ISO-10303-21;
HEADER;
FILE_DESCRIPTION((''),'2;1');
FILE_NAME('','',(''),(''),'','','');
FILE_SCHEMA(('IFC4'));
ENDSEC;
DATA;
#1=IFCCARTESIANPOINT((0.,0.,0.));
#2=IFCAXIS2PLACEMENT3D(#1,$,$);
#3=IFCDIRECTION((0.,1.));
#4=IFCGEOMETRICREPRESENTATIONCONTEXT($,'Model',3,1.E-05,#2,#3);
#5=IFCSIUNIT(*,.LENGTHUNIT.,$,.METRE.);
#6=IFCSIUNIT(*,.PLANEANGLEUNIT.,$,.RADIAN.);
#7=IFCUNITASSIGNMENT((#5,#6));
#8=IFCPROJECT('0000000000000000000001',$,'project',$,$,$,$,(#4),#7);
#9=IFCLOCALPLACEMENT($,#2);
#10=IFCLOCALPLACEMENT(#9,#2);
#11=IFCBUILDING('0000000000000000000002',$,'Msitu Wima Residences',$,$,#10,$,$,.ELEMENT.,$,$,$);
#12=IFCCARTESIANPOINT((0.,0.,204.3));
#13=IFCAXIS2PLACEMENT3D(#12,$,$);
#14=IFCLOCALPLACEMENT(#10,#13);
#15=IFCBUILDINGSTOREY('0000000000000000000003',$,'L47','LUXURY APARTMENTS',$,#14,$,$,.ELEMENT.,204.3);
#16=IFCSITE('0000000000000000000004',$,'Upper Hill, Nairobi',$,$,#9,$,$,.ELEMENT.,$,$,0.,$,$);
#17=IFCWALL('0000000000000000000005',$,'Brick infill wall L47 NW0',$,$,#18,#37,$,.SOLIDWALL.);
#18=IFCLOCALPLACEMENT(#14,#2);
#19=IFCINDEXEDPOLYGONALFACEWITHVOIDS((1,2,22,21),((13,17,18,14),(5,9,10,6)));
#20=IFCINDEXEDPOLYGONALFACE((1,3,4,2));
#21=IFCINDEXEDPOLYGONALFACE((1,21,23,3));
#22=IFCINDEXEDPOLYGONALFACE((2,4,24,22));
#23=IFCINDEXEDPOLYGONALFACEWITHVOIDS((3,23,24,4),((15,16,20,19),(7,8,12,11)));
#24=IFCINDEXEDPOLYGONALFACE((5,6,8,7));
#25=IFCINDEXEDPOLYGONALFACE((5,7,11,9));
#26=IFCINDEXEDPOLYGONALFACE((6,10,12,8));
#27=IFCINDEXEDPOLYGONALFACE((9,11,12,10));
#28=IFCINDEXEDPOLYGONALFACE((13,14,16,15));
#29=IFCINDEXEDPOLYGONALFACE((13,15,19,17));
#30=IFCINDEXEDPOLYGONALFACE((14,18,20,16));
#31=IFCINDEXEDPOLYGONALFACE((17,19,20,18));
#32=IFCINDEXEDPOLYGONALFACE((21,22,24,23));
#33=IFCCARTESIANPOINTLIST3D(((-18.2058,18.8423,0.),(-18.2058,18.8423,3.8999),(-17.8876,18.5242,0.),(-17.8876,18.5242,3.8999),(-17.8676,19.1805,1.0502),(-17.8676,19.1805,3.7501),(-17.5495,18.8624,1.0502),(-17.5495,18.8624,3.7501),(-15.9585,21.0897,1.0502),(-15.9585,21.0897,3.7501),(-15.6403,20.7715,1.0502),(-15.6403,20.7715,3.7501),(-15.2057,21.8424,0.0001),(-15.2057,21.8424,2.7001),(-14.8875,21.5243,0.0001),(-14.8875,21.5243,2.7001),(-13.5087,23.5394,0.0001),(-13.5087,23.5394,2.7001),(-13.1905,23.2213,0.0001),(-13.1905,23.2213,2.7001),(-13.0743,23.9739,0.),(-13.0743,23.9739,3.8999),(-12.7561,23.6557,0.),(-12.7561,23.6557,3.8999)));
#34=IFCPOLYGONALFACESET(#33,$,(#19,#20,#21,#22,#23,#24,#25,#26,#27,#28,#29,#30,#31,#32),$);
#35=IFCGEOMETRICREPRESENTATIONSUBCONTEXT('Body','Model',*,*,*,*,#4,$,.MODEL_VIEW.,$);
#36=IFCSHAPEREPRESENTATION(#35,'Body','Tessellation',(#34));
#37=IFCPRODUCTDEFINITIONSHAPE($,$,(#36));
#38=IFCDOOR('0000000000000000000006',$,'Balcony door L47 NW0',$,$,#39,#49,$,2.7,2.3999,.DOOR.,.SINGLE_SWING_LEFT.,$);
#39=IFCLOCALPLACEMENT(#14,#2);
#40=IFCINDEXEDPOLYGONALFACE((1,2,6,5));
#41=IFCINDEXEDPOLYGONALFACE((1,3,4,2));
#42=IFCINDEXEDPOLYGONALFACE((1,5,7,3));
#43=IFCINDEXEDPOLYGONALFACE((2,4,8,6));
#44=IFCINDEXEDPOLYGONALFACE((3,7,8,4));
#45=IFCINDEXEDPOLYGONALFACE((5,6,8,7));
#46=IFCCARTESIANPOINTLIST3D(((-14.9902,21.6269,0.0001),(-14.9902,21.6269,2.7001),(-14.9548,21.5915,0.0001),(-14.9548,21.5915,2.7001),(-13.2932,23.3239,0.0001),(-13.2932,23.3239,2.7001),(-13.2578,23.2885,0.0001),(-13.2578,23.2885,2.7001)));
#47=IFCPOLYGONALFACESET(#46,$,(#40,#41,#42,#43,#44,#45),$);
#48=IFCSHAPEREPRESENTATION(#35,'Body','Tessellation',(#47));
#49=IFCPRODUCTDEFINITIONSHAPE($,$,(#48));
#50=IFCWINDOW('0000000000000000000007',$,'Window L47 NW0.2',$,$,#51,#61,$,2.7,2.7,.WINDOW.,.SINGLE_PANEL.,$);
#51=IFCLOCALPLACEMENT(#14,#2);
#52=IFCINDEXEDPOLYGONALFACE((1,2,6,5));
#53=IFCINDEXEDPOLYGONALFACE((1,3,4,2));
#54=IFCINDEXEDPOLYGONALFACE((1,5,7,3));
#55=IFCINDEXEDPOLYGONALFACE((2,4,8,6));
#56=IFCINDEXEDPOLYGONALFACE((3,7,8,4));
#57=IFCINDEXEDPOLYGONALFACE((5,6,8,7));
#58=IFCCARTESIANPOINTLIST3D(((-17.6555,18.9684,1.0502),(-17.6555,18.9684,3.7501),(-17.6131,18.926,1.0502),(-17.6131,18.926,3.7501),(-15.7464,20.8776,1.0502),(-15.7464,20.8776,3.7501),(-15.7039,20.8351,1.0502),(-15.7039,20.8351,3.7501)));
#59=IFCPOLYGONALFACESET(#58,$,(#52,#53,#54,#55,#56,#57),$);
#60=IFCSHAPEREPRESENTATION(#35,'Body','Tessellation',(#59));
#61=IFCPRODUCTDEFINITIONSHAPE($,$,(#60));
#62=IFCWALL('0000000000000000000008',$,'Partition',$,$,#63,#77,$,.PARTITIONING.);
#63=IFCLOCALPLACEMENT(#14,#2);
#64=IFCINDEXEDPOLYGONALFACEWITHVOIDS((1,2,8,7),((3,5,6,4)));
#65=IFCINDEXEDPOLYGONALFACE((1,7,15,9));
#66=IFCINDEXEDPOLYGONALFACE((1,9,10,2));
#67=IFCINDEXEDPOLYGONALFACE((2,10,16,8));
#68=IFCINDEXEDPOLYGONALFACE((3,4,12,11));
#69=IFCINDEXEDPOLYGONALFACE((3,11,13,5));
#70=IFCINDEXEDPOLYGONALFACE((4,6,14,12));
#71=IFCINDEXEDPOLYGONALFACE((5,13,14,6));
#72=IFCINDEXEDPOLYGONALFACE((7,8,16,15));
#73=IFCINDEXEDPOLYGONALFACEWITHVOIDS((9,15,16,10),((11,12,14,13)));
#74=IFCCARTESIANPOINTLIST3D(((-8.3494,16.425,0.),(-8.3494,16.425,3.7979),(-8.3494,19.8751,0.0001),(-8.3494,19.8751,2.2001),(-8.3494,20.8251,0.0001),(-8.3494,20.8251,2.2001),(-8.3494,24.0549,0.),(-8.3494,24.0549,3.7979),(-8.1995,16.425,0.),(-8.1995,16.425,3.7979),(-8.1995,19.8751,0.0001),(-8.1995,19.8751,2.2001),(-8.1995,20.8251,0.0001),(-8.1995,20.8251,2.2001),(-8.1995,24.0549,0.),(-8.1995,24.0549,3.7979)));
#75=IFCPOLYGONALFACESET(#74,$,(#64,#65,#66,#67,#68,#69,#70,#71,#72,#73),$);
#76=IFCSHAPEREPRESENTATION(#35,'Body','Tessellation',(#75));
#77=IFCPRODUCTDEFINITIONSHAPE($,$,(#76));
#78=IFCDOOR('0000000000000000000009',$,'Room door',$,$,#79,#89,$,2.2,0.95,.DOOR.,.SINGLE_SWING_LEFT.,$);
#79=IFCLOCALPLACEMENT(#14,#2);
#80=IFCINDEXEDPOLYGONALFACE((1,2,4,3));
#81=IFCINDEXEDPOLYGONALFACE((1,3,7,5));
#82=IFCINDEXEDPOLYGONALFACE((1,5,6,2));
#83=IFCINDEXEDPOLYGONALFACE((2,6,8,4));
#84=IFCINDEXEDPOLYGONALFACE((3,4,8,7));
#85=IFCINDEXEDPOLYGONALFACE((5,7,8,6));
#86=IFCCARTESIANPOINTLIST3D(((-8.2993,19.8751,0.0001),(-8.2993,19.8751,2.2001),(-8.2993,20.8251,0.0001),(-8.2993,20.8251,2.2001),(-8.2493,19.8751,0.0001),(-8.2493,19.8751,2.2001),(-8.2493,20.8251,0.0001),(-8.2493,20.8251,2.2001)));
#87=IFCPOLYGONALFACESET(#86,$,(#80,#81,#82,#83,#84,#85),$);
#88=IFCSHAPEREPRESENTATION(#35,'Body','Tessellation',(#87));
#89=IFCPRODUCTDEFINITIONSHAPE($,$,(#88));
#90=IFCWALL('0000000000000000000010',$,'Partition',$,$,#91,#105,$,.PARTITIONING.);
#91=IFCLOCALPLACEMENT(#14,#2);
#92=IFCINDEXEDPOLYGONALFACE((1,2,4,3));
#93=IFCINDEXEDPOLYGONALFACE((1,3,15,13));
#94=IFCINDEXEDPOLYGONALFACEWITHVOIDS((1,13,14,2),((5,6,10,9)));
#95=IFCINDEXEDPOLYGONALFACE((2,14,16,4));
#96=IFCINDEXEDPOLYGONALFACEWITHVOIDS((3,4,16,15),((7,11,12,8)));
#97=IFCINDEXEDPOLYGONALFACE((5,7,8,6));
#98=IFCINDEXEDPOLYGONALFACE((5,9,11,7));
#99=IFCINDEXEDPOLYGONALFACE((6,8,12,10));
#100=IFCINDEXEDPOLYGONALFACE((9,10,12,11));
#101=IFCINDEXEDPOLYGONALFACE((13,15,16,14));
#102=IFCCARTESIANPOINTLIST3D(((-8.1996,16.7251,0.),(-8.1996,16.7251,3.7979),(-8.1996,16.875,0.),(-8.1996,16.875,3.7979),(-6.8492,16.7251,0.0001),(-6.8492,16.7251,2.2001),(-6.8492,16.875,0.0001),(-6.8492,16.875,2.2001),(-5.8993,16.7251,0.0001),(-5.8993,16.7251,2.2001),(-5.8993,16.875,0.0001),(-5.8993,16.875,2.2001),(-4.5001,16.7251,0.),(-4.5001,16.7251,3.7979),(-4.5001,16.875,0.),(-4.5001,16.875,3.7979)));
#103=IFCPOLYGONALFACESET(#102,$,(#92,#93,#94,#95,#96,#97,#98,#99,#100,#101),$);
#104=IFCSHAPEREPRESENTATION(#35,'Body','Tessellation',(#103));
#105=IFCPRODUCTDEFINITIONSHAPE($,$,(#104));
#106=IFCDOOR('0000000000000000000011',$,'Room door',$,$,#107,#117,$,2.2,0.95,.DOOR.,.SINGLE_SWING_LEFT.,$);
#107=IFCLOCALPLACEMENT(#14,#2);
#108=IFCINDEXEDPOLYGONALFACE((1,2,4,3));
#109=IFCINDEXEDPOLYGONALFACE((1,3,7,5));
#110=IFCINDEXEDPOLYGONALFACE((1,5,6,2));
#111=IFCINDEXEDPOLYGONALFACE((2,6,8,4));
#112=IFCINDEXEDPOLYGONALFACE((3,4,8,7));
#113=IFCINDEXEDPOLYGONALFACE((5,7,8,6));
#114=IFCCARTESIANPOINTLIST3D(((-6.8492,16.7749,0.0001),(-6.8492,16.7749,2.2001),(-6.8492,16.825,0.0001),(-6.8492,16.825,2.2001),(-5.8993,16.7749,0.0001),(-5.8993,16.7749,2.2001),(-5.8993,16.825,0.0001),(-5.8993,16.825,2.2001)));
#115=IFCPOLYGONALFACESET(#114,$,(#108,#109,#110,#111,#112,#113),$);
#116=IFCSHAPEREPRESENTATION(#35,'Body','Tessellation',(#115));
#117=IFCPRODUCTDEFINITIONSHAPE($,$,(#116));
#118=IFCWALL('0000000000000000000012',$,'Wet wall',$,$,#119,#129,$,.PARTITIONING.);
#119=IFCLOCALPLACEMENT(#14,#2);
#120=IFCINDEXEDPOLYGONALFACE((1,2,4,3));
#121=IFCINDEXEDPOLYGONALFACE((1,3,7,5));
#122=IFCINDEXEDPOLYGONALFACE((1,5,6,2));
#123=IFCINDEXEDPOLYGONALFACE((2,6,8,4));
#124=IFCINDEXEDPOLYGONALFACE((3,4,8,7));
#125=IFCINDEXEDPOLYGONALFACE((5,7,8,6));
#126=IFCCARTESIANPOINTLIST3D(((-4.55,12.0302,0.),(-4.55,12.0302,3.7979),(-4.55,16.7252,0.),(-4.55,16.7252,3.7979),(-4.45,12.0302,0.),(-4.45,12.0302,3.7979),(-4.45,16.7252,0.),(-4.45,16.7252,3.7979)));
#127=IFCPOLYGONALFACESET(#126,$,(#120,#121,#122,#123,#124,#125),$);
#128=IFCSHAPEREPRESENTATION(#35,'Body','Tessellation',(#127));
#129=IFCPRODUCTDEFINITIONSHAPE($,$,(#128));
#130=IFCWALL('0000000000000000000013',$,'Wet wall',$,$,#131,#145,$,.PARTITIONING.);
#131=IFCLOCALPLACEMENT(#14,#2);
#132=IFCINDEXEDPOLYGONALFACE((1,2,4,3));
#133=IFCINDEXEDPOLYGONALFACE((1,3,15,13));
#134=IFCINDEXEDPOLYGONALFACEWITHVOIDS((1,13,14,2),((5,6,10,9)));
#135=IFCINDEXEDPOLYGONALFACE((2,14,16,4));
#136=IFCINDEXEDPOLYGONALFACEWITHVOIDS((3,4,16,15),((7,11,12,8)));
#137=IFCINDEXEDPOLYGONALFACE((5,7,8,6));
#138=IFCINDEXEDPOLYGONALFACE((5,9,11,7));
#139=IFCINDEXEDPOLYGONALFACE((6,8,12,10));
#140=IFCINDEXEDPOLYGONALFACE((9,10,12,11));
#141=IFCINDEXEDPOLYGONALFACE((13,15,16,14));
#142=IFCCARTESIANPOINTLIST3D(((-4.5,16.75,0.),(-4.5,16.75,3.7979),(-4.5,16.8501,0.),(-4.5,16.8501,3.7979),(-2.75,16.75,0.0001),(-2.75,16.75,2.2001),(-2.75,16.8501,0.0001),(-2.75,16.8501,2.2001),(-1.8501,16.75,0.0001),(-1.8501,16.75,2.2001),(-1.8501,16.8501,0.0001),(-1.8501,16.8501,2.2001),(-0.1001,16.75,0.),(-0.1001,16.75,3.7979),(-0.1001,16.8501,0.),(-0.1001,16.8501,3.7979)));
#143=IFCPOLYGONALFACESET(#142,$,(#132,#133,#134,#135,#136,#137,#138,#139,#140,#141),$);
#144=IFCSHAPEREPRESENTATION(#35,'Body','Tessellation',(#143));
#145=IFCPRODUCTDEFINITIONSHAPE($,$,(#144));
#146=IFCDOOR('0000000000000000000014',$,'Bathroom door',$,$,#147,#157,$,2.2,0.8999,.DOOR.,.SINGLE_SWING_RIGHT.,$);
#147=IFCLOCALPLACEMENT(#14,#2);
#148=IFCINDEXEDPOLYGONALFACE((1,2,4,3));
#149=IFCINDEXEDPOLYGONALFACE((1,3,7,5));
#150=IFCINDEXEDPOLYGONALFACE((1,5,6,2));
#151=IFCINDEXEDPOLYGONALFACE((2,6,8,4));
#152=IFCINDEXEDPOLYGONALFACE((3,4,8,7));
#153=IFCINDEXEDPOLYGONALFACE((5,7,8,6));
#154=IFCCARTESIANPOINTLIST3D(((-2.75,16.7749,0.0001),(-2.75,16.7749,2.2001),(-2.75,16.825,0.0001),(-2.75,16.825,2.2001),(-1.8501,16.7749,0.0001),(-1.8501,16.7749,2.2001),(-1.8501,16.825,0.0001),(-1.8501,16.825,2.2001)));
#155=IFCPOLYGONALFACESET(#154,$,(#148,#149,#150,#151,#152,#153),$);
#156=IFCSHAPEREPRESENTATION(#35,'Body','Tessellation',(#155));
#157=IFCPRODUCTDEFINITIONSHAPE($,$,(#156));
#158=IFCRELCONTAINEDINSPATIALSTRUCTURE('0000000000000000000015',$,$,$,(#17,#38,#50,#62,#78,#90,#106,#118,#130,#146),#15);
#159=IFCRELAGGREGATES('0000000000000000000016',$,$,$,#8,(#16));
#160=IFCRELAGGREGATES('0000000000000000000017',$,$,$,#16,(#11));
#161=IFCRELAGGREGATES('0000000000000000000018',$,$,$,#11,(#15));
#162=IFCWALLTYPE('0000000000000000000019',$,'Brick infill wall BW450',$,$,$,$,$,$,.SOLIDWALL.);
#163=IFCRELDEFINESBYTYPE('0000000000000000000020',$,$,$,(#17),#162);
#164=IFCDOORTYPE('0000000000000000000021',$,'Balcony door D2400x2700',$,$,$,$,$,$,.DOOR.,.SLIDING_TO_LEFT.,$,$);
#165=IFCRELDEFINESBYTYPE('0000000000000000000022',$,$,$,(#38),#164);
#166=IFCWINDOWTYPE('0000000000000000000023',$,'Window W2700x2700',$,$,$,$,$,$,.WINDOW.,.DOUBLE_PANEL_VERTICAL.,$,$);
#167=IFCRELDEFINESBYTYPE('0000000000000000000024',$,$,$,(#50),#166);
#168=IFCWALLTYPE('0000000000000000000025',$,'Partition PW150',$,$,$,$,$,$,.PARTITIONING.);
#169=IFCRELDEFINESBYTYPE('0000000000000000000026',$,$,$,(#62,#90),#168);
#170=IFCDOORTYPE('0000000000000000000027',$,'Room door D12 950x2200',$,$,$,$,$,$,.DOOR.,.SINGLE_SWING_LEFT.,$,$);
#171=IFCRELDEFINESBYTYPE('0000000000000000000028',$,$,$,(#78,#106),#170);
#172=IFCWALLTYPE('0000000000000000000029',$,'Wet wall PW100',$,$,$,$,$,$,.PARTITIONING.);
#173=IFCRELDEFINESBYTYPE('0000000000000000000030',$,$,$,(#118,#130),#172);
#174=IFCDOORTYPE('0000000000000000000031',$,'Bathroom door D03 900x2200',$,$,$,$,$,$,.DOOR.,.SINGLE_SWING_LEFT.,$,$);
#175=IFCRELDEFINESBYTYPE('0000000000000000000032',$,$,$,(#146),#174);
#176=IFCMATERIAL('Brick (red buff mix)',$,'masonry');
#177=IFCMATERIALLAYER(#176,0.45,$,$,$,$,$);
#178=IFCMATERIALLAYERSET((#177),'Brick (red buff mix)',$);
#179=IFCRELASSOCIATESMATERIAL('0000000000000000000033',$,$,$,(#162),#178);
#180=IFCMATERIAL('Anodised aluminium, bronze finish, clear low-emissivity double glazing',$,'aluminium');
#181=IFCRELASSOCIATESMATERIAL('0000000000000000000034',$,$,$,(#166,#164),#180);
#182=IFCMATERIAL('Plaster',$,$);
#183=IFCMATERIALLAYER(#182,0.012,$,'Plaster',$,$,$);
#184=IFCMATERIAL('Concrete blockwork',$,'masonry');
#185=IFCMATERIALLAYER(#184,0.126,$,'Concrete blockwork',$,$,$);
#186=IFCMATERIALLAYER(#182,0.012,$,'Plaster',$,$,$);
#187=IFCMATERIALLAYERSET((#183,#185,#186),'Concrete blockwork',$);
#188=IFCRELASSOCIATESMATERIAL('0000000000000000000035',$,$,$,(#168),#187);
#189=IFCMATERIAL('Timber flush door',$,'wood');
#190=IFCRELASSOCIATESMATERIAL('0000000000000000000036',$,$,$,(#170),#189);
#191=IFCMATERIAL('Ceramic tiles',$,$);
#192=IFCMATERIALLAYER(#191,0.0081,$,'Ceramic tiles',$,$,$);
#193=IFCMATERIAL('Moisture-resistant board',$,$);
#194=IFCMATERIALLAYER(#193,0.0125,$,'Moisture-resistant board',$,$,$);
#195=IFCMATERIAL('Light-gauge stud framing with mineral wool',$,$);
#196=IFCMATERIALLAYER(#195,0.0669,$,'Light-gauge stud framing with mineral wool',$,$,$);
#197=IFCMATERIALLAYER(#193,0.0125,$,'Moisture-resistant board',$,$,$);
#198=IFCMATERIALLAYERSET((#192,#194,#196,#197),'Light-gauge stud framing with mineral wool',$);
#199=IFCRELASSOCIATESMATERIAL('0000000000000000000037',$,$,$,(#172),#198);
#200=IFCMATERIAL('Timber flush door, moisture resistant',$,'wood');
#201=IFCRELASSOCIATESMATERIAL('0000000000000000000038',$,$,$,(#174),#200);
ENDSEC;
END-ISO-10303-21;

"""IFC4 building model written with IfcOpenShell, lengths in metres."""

from ifc_helpers import new_model, si_unit, direction, frame, frame_2d, origin, place, context, subcontext, project, spatial, rectangle, extrude, material, layer, layer_set, type_object, element, fill, save


model = new_model("IFC4")

# Units and contexts
model_context = context("Model", 3, precision=1e-05, world=origin(), true_north=direction((0.0, 1.0)))
body_context = subcontext(model_context, "Body", "Model", "MODEL_VIEW")
ifc_project = project(units=[si_unit("LENGTHUNIT", "METRE"), si_unit("PLANEANGLEUNIT", "RADIAN")], contexts=[model_context])

# Site, building, storey
site_placement = place(None, origin())
site = spatial("IfcSite", under=ifc_project, at=site_placement, Name="Upper Hill, Nairobi", CompositionType="ELEMENT", RefElevation=0.0)
building_placement = place(site_placement, origin())
building = spatial("IfcBuilding", under=site, at=building_placement, Name="Msitu Wima Residences", CompositionType="ELEMENT")
storey_placement = place(building_placement, frame((0.0, 0.0, 204.3)))
storey = spatial("IfcBuildingStorey", under=building, at=storey_placement, Name="L47", Description="LUXURY APARTMENTS", CompositionType="ELEMENT", Elevation=204.3)

# Shared definitions
ifc_material_1 = material(Name="Brick (red buff mix)", Category="masonry")
ifc_layer_1 = layer(ifc_material_1, 0.45)
ifc_layer_set_1 = layer_set([ifc_layer_1], Name="Brick (red buff mix)")
wall_type_1 = type_object("IfcWallType", Name="Brick infill wall BW450", PredefinedType="SOLIDWALL", material=ifc_layer_set_1)
ifc_material_2 = material(Name="Anodised aluminium, bronze finish, clear low-emissivity double glazing", Category="aluminium")
window_type = type_object("IfcWindowType", Name="Window W2700x2700", PartitioningType="DOUBLE_PANEL_VERTICAL", PredefinedType="WINDOW", material=ifc_material_2)

# Wall, openings, door, window
wall_1_placement = place(storey_placement, frame((-12.9153, 23.8147, 0.0), z_axis=(0.0, 0.0, 1.0), x_axis=(-0.707107, -0.707107, 0.0)))
wall_1 = element("IfcWall", 1, at=wall_1_placement, inside=storey, type_object=wall_type_1, Name="Brick infill wall L47 NW0", PredefinedType="SOLIDWALL", context=body_context, shape_type="SweptSolid", body=[
    extrude(rectangle(XDim=7.2571, YDim=0.45, at=frame_2d((3.6284, 0.0))), origin(), (0.0, 0.0, 1.0), 3.8999),
])
opening_1_placement = place(wall_1_placement, frame((0.6143, 0.0, 0.0)))
opening_1 = element("IfcOpeningElement", 2, at=opening_1_placement, cuts=wall_1, PredefinedType="OPENING", context=body_context, shape_type="SweptSolid", body=[
    extrude(rectangle(XDim=2.3999, YDim=2.7, at=frame_2d((1.2, 1.3501))), frame((0.0, 0.2349, 0.0), z_axis=(0.0, -1.0, 0.0), x_axis=(1.0, 0.0, 0.0)), (0.0, 0.0, 1.0), 0.47),
])
opening_2_placement = place(wall_1_placement, frame((4.0786, 0.0, 1.05)))
opening_2 = element("IfcOpeningElement", 3, at=opening_2_placement, cuts=wall_1, PredefinedType="OPENING", context=body_context, shape_type="SweptSolid", body=[
    extrude(rectangle(XDim=2.7, YDim=2.7, at=frame_2d((1.3501, 1.3501))), frame((0.0, 0.2349, 0.0), z_axis=(0.0, -1.0, 0.0), x_axis=(1.0, 0.0, 0.0)), (0.0, 0.0, 1.0), 0.47),
])
door_type_1 = type_object("IfcDoorType", Name="Balcony door D2400x2700", OperationType="SLIDING_TO_LEFT", PredefinedType="DOOR", material=ifc_material_2)
door_1_placement = place(opening_1_placement, origin())
door_1 = element("IfcDoor", 4, at=door_1_placement, inside=storey, type_object=door_type_1, Name="Balcony door L47 NW0", OperationType="SINGLE_SWING_LEFT", OverallHeight=2.7, OverallWidth=2.3999, PredefinedType="DOOR", context=body_context, shape_type="SweptSolid", body=[
    extrude(rectangle(XDim=2.3999, YDim=2.7, at=frame_2d((1.2, 1.3501))), frame((0.0, 0.1299, 0.0), z_axis=(0.0, -1.0, 0.0), x_axis=(1.0, 0.0, 0.0)), (0.0, 0.0, 1.0), 0.05),
])
fill(opening_1, door_1)
window_1_placement = place(opening_2_placement, origin())
window_1 = element("IfcWindow", 5, at=window_1_placement, inside=storey, type_object=window_type, Name="Window L47 NW0.2", OverallHeight=2.7, OverallWidth=2.7, PartitioningType="SINGLE_PANEL", PredefinedType="WINDOW", context=body_context, shape_type="SweptSolid", body=[
    extrude(rectangle(XDim=2.7, YDim=2.7, at=frame_2d((1.3501, 1.3501))), frame((0.0, 0.135, 0.0), z_axis=(0.0, -1.0, 0.0), x_axis=(1.0, 0.0, 0.0)), (0.0, 0.0, 1.0), 0.0601),
])
fill(opening_2, window_1)

# Shared definitions
ifc_material_3 = material(Name="Plaster")
ifc_layer_2 = layer(ifc_material_3, 0.012, Name="Plaster")
ifc_material_4 = material(Name="Concrete blockwork", Category="masonry")
ifc_layer_3 = layer(ifc_material_4, 0.126, Name="Concrete blockwork")
ifc_layer_4 = layer(ifc_material_3, 0.012, Name="Plaster")
ifc_layer_set_2 = layer_set([ifc_layer_2, ifc_layer_3, ifc_layer_4], Name="Concrete blockwork")
wall_type_2 = type_object("IfcWallType", Name="Partition PW150", PredefinedType="PARTITIONING", material=ifc_layer_set_2)

# Walls, openings, doors
wall_2_placement = place(storey_placement, frame((-8.2744, 16.425, 0.0), z_axis=(0.0, 0.0, 1.0), x_axis=(0.0, 1.0, 0.0)))
wall_2 = element("IfcWall", 6, at=wall_2_placement, inside=storey, type_object=wall_type_2, Name="Partition", PredefinedType="PARTITIONING", context=body_context, shape_type="SweptSolid", body=[
    extrude(rectangle(XDim=7.6299, YDim=0.1499, at=frame_2d((3.8149, 0.0))), origin(), (0.0, 0.0, 1.0), 3.7979),
])
opening_3_placement = place(wall_2_placement, frame((3.45, 0.0, 0.0)))
opening_3 = element("IfcOpeningElement", 7, at=opening_3_placement, cuts=wall_2, PredefinedType="OPENING", context=body_context, shape_type="SweptSolid", body=[
    extrude(rectangle(XDim=0.95, YDim=2.2, at=frame_2d((0.4751, 1.1001))), frame((0.0, 0.085, 0.0), z_axis=(0.0, -1.0, 0.0), x_axis=(1.0, 0.0, 0.0)), (0.0, 0.0, 1.0), 0.1699),
])
ifc_material_5 = material(Name="Timber flush door", Category="wood")
door_type_2 = type_object("IfcDoorType", Name="Room door D12 950x2200", OperationType="SINGLE_SWING_LEFT", PredefinedType="DOOR", material=ifc_material_5)
door_2_placement = place(opening_3_placement, origin())
door_2 = element("IfcDoor", 8, at=door_2_placement, inside=storey, type_object=door_type_2, Name="Room door", OperationType="SINGLE_SWING_LEFT", OverallHeight=2.2, OverallWidth=0.95, PredefinedType="DOOR", context=body_context, shape_type="SweptSolid", body=[
    extrude(rectangle(XDim=0.95, YDim=2.2, at=frame_2d((0.4751, 1.1001))), frame((0.0, 0.0249, 0.0), z_axis=(0.0, -1.0, 0.0), x_axis=(1.0, 0.0, 0.0)), (0.0, 0.0, 1.0), 0.05),
])
fill(opening_3, door_2)
wall_3_placement = place(storey_placement, frame((-8.1995, 16.8, 0.0), z_axis=(0.0, 0.0, 1.0), x_axis=(1.0, 0.0, 0.0)))
wall_3 = element("IfcWall", 9, at=wall_3_placement, inside=storey, type_object=wall_type_2, Name="Partition", PredefinedType="PARTITIONING", context=body_context, shape_type="SweptSolid", body=[
    extrude(rectangle(XDim=3.6995, YDim=0.1499, at=frame_2d((1.8496, 0.0))), origin(), (0.0, 0.0, 1.0), 3.7979),
])
opening_4_placement = place(wall_3_placement, frame((1.3501, 0.0, 0.0)))
opening_4 = element("IfcOpeningElement", 10, at=opening_4_placement, cuts=wall_3, PredefinedType="OPENING", context=body_context, shape_type="SweptSolid", body=[
    extrude(rectangle(XDim=0.95, YDim=2.2, at=frame_2d((0.4751, 1.1001))), frame((0.0, 0.085, 0.0), z_axis=(0.0, -1.0, 0.0), x_axis=(1.0, 0.0, 0.0)), (0.0, 0.0, 1.0), 0.1699),
])
door_3_placement = place(opening_4_placement, origin())
door_3 = element("IfcDoor", 11, at=door_3_placement, inside=storey, type_object=door_type_2, Name="Room door", OperationType="SINGLE_SWING_LEFT", OverallHeight=2.2, OverallWidth=0.95, PredefinedType="DOOR", context=body_context, shape_type="SweptSolid", body=[
    extrude(rectangle(XDim=0.95, YDim=2.2, at=frame_2d((0.4751, 1.1001))), frame((0.0, 0.0249, 0.0), z_axis=(0.0, -1.0, 0.0), x_axis=(1.0, 0.0, 0.0)), (0.0, 0.0, 1.0), 0.05),
])
fill(opening_4, door_3)

# Wall
ifc_material_6 = material(Name="Ceramic tiles")
ifc_layer_5 = layer(ifc_material_6, 0.0081, Name="Ceramic tiles")
ifc_material_7 = material(Name="Moisture-resistant board")
ifc_layer_6 = layer(ifc_material_7, 0.0125, Name="Moisture-resistant board")
ifc_material_8 = material(Name="Light-gauge stud framing with mineral wool")
ifc_layer_7 = layer(ifc_material_8, 0.0669, Name="Light-gauge stud framing with mineral wool")
ifc_layer_8 = layer(ifc_material_7, 0.0125, Name="Moisture-resistant board")
ifc_layer_set_3 = layer_set([ifc_layer_5, ifc_layer_6, ifc_layer_7, ifc_layer_8], Name="Light-gauge stud framing with mineral wool")
wall_type_3 = type_object("IfcWallType", Name="Wet wall PW100", PredefinedType="PARTITIONING", material=ifc_layer_set_3)
wall_4_placement = place(storey_placement, frame((-4.5, 12.03, 0.0), z_axis=(0.0, 0.0, 1.0), x_axis=(0.0, 1.0, 0.0)))
element("IfcWall", 12, at=wall_4_placement, inside=storey, type_object=wall_type_3, Name="Wet wall", PredefinedType="PARTITIONING", context=body_context, shape_type="SweptSolid", body=[
    extrude(rectangle(XDim=4.6951, YDim=0.1001, at=frame_2d((2.3477, 0.0))), origin(), (0.0, 0.0, 1.0), 3.7979),
])

# Wall, opening, door
wall_5_placement = place(storey_placement, frame((-4.5, 16.8, 0.0), z_axis=(0.0, 0.0, 1.0), x_axis=(1.0, 0.0, 0.0)))
wall_5 = element("IfcWall", 13, at=wall_5_placement, inside=storey, type_object=wall_type_3, Name="Wet wall", PredefinedType="PARTITIONING", context=body_context, shape_type="SweptSolid", body=[
    extrude(rectangle(XDim=4.3999, YDim=0.1001, at=frame_2d((2.2, 0.0))), origin(), (0.0, 0.0, 1.0), 3.7979),
])
opening_5_placement = place(wall_5_placement, frame((1.75, 0.0, 0.0)))
opening_5 = element("IfcOpeningElement", 14, at=opening_5_placement, cuts=wall_5, PredefinedType="OPENING", context=body_context, shape_type="SweptSolid", body=[
    extrude(rectangle(XDim=0.8999, YDim=2.2, at=frame_2d((0.45, 1.1001))), frame((0.0, 0.0601, 0.0), z_axis=(0.0, -1.0, 0.0), x_axis=(1.0, 0.0, 0.0)), (0.0, 0.0, 1.0), 0.1201),
])
ifc_material_9 = material(Name="Timber flush door, moisture resistant", Category="wood")
door_type_3 = type_object("IfcDoorType", Name="Bathroom door D03 900x2200", OperationType="SINGLE_SWING_LEFT", PredefinedType="DOOR", material=ifc_material_9)
door_4_placement = place(opening_5_placement, origin())
door_4 = element("IfcDoor", 15, at=door_4_placement, inside=storey, type_object=door_type_3, Name="Bathroom door", OperationType="SINGLE_SWING_RIGHT", OverallHeight=2.2, OverallWidth=0.8999, PredefinedType="DOOR", context=body_context, shape_type="SweptSolid", body=[
    extrude(rectangle(XDim=0.8999, YDim=2.2, at=frame_2d((0.45, 1.1001))), frame((0.0, 0.0249, 0.0), z_axis=(0.0, -1.0, 0.0), x_axis=(1.0, 0.0, 0.0)), (0.0, 0.0, 1.0), 0.05),
])
fill(opening_5, door_4)

save(model, "model.ifc")
